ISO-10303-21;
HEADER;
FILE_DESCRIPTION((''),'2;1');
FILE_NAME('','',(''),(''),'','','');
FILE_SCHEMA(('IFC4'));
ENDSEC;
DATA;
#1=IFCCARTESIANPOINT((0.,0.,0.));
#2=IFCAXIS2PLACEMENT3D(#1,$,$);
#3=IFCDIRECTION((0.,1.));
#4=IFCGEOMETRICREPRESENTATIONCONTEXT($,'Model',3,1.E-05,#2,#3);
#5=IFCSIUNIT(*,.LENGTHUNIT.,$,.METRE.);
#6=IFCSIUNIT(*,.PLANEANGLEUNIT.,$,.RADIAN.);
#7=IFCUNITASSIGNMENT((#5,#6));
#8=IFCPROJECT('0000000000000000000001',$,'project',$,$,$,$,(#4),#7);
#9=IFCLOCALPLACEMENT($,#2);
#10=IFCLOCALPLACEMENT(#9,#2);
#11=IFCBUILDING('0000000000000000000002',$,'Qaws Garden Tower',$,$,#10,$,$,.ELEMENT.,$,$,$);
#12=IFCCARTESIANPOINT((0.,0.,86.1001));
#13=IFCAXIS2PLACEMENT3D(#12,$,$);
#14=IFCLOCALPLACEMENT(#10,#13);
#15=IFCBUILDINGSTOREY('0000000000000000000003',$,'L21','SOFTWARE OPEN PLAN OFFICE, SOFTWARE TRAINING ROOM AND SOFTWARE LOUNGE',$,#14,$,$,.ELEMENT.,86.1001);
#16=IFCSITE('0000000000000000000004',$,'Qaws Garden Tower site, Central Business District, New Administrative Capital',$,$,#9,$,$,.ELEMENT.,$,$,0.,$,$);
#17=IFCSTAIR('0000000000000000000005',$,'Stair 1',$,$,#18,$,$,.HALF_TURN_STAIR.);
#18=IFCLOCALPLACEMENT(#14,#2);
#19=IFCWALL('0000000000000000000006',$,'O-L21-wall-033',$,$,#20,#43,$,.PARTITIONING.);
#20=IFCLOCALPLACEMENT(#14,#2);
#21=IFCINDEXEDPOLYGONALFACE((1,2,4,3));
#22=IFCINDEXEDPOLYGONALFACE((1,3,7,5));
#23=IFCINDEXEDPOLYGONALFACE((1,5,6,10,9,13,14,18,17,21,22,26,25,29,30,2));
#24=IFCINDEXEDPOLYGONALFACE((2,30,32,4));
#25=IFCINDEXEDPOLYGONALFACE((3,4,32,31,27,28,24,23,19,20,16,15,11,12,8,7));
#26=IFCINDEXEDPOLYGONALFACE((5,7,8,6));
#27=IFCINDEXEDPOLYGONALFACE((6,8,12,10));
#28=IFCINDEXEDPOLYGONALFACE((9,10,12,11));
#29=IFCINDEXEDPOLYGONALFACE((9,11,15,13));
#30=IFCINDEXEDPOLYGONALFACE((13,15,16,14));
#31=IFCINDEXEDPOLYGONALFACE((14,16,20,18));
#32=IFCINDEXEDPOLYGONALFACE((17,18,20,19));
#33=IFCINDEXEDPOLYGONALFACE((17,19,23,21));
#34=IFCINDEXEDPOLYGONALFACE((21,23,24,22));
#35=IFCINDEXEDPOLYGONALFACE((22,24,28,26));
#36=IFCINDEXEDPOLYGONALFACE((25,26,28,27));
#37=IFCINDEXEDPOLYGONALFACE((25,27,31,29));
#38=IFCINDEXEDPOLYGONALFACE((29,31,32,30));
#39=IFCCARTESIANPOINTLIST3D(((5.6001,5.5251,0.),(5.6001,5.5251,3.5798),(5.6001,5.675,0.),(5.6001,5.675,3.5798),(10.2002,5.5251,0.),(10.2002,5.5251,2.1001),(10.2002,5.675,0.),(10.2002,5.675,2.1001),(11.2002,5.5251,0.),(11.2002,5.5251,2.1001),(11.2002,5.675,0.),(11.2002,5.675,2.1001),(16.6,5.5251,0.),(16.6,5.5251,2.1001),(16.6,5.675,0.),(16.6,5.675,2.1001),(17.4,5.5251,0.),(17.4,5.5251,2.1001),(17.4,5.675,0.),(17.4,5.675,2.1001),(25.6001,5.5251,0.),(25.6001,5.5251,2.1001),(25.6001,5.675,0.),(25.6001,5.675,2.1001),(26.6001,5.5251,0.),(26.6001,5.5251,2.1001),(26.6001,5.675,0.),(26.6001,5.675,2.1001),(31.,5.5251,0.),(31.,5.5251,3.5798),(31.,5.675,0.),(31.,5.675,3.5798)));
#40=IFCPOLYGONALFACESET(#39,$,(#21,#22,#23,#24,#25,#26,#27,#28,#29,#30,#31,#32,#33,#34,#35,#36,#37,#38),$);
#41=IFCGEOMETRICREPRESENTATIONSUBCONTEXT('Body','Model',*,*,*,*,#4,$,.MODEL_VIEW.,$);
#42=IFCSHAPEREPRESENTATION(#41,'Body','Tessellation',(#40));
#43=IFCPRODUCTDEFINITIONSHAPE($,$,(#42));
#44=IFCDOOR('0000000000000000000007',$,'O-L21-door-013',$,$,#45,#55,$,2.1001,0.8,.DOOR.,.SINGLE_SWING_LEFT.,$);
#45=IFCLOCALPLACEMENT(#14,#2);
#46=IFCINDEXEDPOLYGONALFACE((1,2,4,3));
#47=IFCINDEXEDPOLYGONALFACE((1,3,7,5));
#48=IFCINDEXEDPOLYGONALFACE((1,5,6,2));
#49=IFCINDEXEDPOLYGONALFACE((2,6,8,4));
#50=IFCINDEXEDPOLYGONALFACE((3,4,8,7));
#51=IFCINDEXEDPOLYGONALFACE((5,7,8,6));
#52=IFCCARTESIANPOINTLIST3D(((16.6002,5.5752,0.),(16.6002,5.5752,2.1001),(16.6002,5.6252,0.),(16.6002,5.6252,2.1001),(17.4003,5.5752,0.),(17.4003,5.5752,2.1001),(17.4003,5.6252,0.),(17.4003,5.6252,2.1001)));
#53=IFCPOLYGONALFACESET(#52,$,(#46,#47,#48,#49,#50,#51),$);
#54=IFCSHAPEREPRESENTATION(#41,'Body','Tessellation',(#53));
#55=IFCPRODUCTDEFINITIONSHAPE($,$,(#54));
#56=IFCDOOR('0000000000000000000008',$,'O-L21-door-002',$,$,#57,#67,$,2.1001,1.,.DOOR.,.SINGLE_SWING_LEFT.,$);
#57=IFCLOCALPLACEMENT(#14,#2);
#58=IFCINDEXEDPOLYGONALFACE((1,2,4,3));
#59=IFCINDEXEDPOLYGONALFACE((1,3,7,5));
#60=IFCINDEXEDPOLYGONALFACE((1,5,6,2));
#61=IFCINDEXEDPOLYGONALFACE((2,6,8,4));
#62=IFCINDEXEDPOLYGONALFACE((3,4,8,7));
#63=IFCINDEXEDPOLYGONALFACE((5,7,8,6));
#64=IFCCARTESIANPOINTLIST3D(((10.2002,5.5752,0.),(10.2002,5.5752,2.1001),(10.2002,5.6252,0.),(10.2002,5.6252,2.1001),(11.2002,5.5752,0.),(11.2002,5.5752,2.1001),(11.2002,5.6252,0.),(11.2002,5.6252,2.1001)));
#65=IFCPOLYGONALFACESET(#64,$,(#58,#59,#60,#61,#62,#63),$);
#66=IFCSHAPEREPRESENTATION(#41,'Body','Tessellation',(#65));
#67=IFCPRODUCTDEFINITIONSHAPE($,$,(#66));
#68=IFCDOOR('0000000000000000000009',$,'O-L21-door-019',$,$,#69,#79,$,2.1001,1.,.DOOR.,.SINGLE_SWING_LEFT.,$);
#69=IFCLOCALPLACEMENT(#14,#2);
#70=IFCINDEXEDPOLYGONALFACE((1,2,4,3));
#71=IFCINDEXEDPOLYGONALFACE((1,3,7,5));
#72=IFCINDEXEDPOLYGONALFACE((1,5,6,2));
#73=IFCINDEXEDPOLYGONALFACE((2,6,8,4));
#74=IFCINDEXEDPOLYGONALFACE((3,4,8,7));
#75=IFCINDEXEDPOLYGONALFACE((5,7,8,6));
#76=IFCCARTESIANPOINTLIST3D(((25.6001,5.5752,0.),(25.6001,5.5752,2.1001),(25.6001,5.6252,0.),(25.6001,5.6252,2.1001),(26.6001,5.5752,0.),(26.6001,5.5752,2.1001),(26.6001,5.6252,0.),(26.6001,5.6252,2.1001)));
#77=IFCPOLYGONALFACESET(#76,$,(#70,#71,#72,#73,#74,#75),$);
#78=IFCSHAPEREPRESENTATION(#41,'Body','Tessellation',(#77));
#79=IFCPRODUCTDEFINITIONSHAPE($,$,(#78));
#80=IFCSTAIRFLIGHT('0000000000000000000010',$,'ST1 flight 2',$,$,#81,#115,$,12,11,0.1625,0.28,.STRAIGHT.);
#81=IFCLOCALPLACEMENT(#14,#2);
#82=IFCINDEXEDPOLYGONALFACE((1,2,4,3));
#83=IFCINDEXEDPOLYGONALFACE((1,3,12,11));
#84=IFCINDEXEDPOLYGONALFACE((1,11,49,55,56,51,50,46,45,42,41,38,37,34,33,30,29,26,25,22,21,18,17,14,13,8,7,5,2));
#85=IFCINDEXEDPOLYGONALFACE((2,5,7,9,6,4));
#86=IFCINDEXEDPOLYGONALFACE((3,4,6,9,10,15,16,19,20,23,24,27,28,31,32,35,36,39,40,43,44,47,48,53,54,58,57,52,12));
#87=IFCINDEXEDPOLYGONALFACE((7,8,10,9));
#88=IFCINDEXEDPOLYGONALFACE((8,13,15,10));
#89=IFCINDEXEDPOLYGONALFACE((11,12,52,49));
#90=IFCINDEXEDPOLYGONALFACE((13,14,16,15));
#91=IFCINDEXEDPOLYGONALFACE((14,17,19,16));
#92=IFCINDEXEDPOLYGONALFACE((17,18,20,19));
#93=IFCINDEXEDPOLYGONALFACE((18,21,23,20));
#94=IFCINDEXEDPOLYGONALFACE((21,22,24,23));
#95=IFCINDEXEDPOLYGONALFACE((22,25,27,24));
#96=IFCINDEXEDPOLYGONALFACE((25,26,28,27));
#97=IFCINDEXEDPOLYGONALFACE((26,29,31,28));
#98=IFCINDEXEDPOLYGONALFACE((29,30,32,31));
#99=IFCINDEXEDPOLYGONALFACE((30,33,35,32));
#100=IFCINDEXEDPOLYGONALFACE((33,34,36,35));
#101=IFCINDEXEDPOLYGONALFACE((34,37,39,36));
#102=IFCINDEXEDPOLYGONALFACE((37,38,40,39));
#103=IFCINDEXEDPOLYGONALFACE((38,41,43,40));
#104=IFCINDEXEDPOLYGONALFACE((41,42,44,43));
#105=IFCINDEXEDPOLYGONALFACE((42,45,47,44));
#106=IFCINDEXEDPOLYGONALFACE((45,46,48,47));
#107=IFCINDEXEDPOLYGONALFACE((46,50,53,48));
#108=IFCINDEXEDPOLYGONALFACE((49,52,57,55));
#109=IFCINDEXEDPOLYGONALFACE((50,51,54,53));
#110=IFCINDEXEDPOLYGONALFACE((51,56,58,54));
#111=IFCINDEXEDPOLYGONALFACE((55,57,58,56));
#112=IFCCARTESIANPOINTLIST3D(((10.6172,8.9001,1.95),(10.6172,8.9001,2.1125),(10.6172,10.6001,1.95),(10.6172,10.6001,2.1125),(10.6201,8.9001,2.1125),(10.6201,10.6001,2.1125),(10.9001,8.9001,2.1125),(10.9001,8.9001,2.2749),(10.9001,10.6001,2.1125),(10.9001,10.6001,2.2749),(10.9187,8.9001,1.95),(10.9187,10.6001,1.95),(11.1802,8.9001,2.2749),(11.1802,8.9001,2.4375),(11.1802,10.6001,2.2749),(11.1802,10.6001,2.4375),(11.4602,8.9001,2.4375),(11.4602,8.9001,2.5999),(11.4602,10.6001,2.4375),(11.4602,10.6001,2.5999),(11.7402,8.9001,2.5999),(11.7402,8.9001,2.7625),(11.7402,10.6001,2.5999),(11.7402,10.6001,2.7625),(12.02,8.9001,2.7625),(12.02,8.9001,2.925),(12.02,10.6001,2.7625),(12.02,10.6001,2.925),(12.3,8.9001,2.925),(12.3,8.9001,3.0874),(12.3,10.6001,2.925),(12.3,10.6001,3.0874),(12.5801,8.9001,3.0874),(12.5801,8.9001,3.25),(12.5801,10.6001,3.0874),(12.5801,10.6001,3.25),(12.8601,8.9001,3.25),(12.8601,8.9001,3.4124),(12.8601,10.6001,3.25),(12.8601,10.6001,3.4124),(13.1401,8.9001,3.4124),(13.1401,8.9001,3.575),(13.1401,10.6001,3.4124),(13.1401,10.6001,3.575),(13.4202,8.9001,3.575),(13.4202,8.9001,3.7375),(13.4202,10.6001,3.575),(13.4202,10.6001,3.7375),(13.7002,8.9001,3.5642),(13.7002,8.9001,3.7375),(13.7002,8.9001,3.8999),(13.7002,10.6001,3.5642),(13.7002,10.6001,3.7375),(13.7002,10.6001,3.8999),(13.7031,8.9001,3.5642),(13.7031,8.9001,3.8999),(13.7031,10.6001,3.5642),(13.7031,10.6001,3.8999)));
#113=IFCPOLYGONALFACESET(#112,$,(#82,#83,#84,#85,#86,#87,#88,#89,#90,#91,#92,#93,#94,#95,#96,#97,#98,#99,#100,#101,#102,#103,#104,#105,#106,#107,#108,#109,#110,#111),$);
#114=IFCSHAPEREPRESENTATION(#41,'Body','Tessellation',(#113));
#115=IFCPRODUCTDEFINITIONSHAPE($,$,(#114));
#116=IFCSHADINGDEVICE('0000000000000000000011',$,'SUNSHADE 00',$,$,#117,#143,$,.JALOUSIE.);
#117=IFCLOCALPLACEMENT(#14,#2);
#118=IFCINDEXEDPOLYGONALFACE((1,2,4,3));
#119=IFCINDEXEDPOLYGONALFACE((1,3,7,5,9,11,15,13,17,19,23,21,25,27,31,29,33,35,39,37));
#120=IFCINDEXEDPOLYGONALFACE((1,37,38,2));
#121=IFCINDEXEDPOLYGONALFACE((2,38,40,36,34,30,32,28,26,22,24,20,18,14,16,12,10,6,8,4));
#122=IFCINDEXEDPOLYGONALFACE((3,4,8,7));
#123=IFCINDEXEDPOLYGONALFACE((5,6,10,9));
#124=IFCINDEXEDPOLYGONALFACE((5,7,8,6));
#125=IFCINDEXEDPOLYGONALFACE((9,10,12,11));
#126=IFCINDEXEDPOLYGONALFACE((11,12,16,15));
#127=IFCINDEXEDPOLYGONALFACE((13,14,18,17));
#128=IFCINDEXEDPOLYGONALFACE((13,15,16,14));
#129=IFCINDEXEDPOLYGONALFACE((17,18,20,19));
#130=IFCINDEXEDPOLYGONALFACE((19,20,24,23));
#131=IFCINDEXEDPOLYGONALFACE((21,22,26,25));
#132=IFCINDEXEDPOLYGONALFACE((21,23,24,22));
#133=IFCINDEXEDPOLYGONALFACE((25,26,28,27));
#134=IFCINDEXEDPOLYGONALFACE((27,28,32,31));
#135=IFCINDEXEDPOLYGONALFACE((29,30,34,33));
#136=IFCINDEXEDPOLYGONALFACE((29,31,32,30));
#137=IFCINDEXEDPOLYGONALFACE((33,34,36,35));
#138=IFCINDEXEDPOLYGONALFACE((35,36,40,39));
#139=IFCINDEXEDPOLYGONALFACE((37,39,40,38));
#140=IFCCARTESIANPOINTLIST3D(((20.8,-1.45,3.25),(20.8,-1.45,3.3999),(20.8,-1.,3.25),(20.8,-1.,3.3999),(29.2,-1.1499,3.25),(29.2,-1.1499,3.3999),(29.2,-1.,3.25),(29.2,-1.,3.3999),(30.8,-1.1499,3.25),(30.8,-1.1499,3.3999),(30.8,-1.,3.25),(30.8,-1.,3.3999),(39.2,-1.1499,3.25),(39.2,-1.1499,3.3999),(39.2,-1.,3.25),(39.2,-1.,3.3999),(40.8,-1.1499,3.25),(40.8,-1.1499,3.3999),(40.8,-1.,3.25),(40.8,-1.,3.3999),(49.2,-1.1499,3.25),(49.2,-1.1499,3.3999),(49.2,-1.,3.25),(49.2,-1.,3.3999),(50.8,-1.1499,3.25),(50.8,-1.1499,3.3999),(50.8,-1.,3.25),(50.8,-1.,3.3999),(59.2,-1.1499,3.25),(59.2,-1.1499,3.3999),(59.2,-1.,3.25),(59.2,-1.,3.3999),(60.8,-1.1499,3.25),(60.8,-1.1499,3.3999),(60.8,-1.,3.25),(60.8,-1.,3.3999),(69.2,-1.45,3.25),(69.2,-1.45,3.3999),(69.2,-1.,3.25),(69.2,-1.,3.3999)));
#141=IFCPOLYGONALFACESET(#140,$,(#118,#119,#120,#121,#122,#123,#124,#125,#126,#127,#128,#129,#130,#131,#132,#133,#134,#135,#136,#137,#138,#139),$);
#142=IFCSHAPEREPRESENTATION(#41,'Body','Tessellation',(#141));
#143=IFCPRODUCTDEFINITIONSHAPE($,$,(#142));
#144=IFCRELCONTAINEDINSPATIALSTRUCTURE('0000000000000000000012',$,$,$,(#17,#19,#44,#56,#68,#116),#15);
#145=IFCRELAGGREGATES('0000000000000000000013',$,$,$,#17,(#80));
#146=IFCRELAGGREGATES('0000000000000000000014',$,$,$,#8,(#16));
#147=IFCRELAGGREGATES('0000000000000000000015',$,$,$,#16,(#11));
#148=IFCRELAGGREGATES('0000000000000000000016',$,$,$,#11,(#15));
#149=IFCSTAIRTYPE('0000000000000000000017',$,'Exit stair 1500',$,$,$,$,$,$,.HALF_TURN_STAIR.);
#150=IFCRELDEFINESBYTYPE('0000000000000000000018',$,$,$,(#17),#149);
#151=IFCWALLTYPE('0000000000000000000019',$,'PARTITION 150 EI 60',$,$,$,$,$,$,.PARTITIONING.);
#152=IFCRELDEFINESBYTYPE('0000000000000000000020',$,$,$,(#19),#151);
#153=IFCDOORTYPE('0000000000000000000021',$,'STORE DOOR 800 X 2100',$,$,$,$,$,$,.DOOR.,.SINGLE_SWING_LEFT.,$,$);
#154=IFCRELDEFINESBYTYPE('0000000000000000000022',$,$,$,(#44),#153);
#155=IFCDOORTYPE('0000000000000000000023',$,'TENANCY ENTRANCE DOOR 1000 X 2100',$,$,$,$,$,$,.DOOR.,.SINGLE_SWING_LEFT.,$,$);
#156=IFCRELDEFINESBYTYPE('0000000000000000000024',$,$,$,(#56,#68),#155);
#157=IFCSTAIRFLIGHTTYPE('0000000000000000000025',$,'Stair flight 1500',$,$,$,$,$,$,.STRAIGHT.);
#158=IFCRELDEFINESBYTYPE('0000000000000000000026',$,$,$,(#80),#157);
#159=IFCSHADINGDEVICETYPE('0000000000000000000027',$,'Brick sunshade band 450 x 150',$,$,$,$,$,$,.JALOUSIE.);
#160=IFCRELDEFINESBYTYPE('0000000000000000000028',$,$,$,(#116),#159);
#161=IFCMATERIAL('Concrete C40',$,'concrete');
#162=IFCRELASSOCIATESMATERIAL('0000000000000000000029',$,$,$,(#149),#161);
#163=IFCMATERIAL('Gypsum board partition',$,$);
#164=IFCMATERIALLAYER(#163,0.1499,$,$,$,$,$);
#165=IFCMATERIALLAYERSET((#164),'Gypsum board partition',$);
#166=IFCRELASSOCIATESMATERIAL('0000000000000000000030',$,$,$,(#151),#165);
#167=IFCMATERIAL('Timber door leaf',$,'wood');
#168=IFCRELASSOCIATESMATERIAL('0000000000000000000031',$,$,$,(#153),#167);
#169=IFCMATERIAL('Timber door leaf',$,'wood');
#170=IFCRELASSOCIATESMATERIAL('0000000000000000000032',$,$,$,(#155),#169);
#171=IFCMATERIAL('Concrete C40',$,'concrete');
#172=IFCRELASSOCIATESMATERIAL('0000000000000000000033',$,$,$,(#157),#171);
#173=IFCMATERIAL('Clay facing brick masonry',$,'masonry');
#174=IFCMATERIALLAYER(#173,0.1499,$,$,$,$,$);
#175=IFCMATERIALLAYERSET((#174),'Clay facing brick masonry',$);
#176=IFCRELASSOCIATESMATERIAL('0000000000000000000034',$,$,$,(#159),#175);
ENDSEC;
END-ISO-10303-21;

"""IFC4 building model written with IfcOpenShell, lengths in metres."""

from ifc_helpers import new_model, si_unit, direction, frame, frame_2d, origin, place, context, subcontext, project, spatial, polyline, rectangle, outline, extrude, material, layer, layer_set, type_object, element, fill, aggregate, save


model = new_model("IFC4")

# Units and contexts
model_context = context("Model", 3, precision=1e-05, world=origin(), true_north=direction((0.0, 1.0)))
body_context = subcontext(model_context, "Body", "Model", "MODEL_VIEW")
ifc_project = project(units=[si_unit("LENGTHUNIT", "METRE"), si_unit("PLANEANGLEUNIT", "RADIAN")], contexts=[model_context])

# Site, building, storey
site_placement = place(None, origin())
site = spatial("IfcSite", under=ifc_project, at=site_placement, Name="Qaws Garden Tower site, Central Business District, New Administrative Capital", CompositionType="ELEMENT", RefElevation=0.0)
building_placement = place(site_placement, origin())
building = spatial("IfcBuilding", under=site, at=building_placement, Name="Qaws Garden Tower", CompositionType="ELEMENT")
storey_placement = place(building_placement, frame((0.0, 0.0, 86.1001)))
storey = spatial("IfcBuildingStorey", under=building, at=storey_placement, Name="L21", Description="SOFTWARE OPEN PLAN OFFICE, SOFTWARE TRAINING ROOM AND SOFTWARE LOUNGE", CompositionType="ELEMENT", Elevation=86.1001)

# Stair
ifc_material_1 = material(Name="Concrete C40", Category="concrete")
stair_type_1 = type_object("IfcStairType", Name="Exit stair 1500", PredefinedType="HALF_TURN_STAIR", material=ifc_material_1)
placement_1 = place(storey_placement, origin())
stair_1 = element("IfcStair", 1, at=placement_1, inside=storey, type_object=stair_type_1, Name="Stair 1", PredefinedType="HALF_TURN_STAIR")

# Shared definitions
ifc_material_2 = material(Name="Gypsum board partition")
ifc_layer_1 = layer(ifc_material_2, 0.1499)
ifc_layer_set_1 = layer_set([ifc_layer_1], Name="Gypsum board partition")
wall_type_1 = type_object("IfcWallType", Name="PARTITION 150 EI 60", PredefinedType="PARTITIONING", material=ifc_layer_set_1)

# Wall, openings, doors
wall_1_placement = place(storey_placement, frame((5.6001, 5.6001, 0.0), z_axis=(0.0, 0.0, 1.0), x_axis=(1.0, 0.0, 0.0)))
wall_1 = element("IfcWall", 2, at=wall_1_placement, inside=storey, type_object=wall_type_1, Name="O-L21-wall-033", PredefinedType="PARTITIONING", context=body_context, shape_type="SweptSolid", body=[
    extrude(rectangle(XDim=25.3999, YDim=0.1499, at=frame_2d((12.7, 0.0))), origin(), (0.0, 0.0, 1.0), 3.5798),
])
opening_1_placement = place(wall_1_placement, frame((4.6001, 0.0, 0.0)))
opening_1 = element("IfcOpeningElement", 3, at=opening_1_placement, cuts=wall_1, PredefinedType="OPENING", context=body_context, shape_type="SweptSolid", body=[
    extrude(rectangle(XDim=1.0, YDim=2.1001, at=frame_2d((0.5, 1.05))), frame((0.0, 0.085, 0.0), z_axis=(0.0, -1.0, 0.0), x_axis=(1.0, 0.0, 0.0)), (0.0, 0.0, 1.0), 0.1699),
])
opening_2_placement = place(wall_1_placement, frame((11.0, 0.0, 0.0)))
opening_2 = element("IfcOpeningElement", 4, at=opening_2_placement, cuts=wall_1, PredefinedType="OPENING", context=body_context, shape_type="SweptSolid", body=[
    extrude(rectangle(XDim=0.8, YDim=2.1001, at=frame_2d((0.3999, 1.05))), frame((0.0, 0.085, 0.0), z_axis=(0.0, -1.0, 0.0), x_axis=(1.0, 0.0, 0.0)), (0.0, 0.0, 1.0), 0.1699),
])
opening_3_placement = place(wall_1_placement, frame((20.0, 0.0, 0.0)))
opening_3 = element("IfcOpeningElement", 5, at=opening_3_placement, cuts=wall_1, PredefinedType="OPENING", context=body_context, shape_type="SweptSolid", body=[
    extrude(rectangle(XDim=1.0, YDim=2.1001, at=frame_2d((0.5, 1.05))), frame((0.0, 0.085, 0.0), z_axis=(0.0, -1.0, 0.0), x_axis=(1.0, 0.0, 0.0)), (0.0, 0.0, 1.0), 0.1699),
])
ifc_material_3 = material(Name="Timber door leaf", Category="wood")
door_type_1 = type_object("IfcDoorType", Name="STORE DOOR 800 X 2100", OperationType="SINGLE_SWING_LEFT", PredefinedType="DOOR", material=ifc_material_3)
door_1_placement = place(opening_2_placement, frame((0.8, 0.0, 0.0), z_axis=(0.0, 0.0, 1.0), x_axis=(-1.0, 0.0, 0.0)))
door_1 = element("IfcDoor", 6, at=door_1_placement, inside=storey, type_object=door_type_1, Name="O-L21-door-013", OperationType="SINGLE_SWING_LEFT", OverallHeight=2.1001, OverallWidth=0.8, PredefinedType="DOOR", context=body_context, shape_type="SweptSolid", body=[
    extrude(rectangle(XDim=0.8, YDim=2.1001, at=frame_2d((0.3999, 1.05))), frame((0.0, 0.0249, 0.0), z_axis=(0.0, -1.0, 0.0), x_axis=(1.0, 0.0, 0.0)), (0.0, 0.0, 1.0), 0.05),
])
fill(opening_2, door_1)
ifc_material_4 = material(Name="Timber door leaf", Category="wood")
door_type_2 = type_object("IfcDoorType", Name="TENANCY ENTRANCE DOOR 1000 X 2100", OperationType="SINGLE_SWING_LEFT", PredefinedType="DOOR", material=ifc_material_4)
door_2_placement = place(opening_1_placement, frame((1.0, 0.0, 0.0), z_axis=(0.0, 0.0, 1.0), x_axis=(-1.0, 0.0, 0.0)))
door_2 = element("IfcDoor", 7, at=door_2_placement, inside=storey, type_object=door_type_2, Name="O-L21-door-002", OperationType="SINGLE_SWING_LEFT", OverallHeight=2.1001, OverallWidth=1.0, PredefinedType="DOOR", context=body_context, shape_type="SweptSolid", body=[
    extrude(rectangle(XDim=1.0, YDim=2.1001, at=frame_2d((0.5, 1.05))), frame((0.0, 0.0249, 0.0), z_axis=(0.0, -1.0, 0.0), x_axis=(1.0, 0.0, 0.0)), (0.0, 0.0, 1.0), 0.05),
])
fill(opening_1, door_2)
door_3_placement = place(opening_3_placement, frame((1.0, 0.0, 0.0), z_axis=(0.0, 0.0, 1.0), x_axis=(-1.0, 0.0, 0.0)))
door_3 = element("IfcDoor", 8, at=door_3_placement, inside=storey, type_object=door_type_2, Name="O-L21-door-019", OperationType="SINGLE_SWING_LEFT", OverallHeight=2.1001, OverallWidth=1.0, PredefinedType="DOOR", context=body_context, shape_type="SweptSolid", body=[
    extrude(rectangle(XDim=1.0, YDim=2.1001, at=frame_2d((0.5, 1.05))), frame((0.0, 0.0249, 0.0), z_axis=(0.0, -1.0, 0.0), x_axis=(1.0, 0.0, 0.0)), (0.0, 0.0, 1.0), 0.05),
])
fill(opening_3, door_3)

# Stair flight
ifc_material_5 = material(Name="Concrete C40", Category="concrete")
stair_flight_type = type_object("IfcStairFlightType", Name="Stair flight 1500", PredefinedType="STRAIGHT", material=ifc_material_5)
stair_flight_placement = place(storey_placement, frame((10.6201, 9.75, 1.95), z_axis=(0.0, 0.0, 1.0), x_axis=(1.0, 0.0, 0.0)))
stair_flight = element("IfcStairFlight", 9, at=stair_flight_placement, type_object=stair_flight_type, Name="ST1 flight 2", NumberOfRisers=12, NumberOfTreads=11, PredefinedType="STRAIGHT", RiserHeight=0.1625, TreadLength=0.28, context=body_context, shape_type="SweptSolid", body=[
    extrude(outline(polyline([(-0.0029, 0.0), (-0.0029, 0.1626), (0.0, 0.1626), (0.28, 0.1626), (0.28, 0.325), (0.5601, 0.325), (0.5601, 0.4875), (0.8401, 0.4875), (0.8401, 0.6499), (1.1201, 0.6499), (1.1201, 0.8125), (1.3999, 0.8125), (1.3999, 0.9751), (1.6799, 0.9751), (1.6799, 1.1375), (1.96, 1.1375), (1.96, 1.3), (2.24, 1.3), (2.24, 1.4624), (2.52, 1.4624), (2.52, 1.625), (2.8, 1.625), (2.8, 1.7876), (3.0801, 1.7876), (3.0801, 1.95), (3.083, 1.95), (3.083, 1.6143), (3.0801, 1.6143), (0.2986, 0.0), (-0.0029, 0.0)])), frame((0.0, 0.8501, 0.0), z_axis=(0.0, -1.0, 0.0), x_axis=(1.0, 0.0, 0.0)), (0.0, 0.0, 1.0), 1.7),
])
aggregate(stair_1, [stair_flight])

# Shading device
ifc_material_6 = material(Name="Clay facing brick masonry", Category="masonry")
ifc_layer_2 = layer(ifc_material_6, 0.1499)
ifc_layer_set_2 = layer_set([ifc_layer_2], Name="Clay facing brick masonry")
shading_device_type = type_object("IfcShadingDeviceType", Name="Brick sunshade band 450 x 150", PredefinedType="JALOUSIE", material=ifc_layer_set_2)
shading_device_placement = place(storey_placement, frame((0.0, 0.0, 3.25)))
element("IfcShadingDevice", 10, at=shading_device_placement, inside=storey, type_object=shading_device_type, Name="SUNSHADE 00", PredefinedType="JALOUSIE", context=body_context, shape_type="SweptSolid", body=[
    extrude(outline(polyline([(20.8, -1.0), (20.8, -1.45), (69.2, -1.45), (69.2, -1.0), (60.8, -1.0), (60.8, -1.1499), (59.2, -1.1499), (59.2, -1.0), (50.8, -1.0), (50.8, -1.1499), (49.2, -1.1499), (49.2, -1.0), (40.8, -1.0), (40.8, -1.1499), (39.2, -1.1499), (39.2, -1.0), (30.8, -1.0), (30.8, -1.1499), (29.2, -1.1499), (29.2, -1.0), (20.8, -1.0)])), origin(), (0.0, 0.0, 1.0), 0.1499),
])

save(model, "model.ifc")
